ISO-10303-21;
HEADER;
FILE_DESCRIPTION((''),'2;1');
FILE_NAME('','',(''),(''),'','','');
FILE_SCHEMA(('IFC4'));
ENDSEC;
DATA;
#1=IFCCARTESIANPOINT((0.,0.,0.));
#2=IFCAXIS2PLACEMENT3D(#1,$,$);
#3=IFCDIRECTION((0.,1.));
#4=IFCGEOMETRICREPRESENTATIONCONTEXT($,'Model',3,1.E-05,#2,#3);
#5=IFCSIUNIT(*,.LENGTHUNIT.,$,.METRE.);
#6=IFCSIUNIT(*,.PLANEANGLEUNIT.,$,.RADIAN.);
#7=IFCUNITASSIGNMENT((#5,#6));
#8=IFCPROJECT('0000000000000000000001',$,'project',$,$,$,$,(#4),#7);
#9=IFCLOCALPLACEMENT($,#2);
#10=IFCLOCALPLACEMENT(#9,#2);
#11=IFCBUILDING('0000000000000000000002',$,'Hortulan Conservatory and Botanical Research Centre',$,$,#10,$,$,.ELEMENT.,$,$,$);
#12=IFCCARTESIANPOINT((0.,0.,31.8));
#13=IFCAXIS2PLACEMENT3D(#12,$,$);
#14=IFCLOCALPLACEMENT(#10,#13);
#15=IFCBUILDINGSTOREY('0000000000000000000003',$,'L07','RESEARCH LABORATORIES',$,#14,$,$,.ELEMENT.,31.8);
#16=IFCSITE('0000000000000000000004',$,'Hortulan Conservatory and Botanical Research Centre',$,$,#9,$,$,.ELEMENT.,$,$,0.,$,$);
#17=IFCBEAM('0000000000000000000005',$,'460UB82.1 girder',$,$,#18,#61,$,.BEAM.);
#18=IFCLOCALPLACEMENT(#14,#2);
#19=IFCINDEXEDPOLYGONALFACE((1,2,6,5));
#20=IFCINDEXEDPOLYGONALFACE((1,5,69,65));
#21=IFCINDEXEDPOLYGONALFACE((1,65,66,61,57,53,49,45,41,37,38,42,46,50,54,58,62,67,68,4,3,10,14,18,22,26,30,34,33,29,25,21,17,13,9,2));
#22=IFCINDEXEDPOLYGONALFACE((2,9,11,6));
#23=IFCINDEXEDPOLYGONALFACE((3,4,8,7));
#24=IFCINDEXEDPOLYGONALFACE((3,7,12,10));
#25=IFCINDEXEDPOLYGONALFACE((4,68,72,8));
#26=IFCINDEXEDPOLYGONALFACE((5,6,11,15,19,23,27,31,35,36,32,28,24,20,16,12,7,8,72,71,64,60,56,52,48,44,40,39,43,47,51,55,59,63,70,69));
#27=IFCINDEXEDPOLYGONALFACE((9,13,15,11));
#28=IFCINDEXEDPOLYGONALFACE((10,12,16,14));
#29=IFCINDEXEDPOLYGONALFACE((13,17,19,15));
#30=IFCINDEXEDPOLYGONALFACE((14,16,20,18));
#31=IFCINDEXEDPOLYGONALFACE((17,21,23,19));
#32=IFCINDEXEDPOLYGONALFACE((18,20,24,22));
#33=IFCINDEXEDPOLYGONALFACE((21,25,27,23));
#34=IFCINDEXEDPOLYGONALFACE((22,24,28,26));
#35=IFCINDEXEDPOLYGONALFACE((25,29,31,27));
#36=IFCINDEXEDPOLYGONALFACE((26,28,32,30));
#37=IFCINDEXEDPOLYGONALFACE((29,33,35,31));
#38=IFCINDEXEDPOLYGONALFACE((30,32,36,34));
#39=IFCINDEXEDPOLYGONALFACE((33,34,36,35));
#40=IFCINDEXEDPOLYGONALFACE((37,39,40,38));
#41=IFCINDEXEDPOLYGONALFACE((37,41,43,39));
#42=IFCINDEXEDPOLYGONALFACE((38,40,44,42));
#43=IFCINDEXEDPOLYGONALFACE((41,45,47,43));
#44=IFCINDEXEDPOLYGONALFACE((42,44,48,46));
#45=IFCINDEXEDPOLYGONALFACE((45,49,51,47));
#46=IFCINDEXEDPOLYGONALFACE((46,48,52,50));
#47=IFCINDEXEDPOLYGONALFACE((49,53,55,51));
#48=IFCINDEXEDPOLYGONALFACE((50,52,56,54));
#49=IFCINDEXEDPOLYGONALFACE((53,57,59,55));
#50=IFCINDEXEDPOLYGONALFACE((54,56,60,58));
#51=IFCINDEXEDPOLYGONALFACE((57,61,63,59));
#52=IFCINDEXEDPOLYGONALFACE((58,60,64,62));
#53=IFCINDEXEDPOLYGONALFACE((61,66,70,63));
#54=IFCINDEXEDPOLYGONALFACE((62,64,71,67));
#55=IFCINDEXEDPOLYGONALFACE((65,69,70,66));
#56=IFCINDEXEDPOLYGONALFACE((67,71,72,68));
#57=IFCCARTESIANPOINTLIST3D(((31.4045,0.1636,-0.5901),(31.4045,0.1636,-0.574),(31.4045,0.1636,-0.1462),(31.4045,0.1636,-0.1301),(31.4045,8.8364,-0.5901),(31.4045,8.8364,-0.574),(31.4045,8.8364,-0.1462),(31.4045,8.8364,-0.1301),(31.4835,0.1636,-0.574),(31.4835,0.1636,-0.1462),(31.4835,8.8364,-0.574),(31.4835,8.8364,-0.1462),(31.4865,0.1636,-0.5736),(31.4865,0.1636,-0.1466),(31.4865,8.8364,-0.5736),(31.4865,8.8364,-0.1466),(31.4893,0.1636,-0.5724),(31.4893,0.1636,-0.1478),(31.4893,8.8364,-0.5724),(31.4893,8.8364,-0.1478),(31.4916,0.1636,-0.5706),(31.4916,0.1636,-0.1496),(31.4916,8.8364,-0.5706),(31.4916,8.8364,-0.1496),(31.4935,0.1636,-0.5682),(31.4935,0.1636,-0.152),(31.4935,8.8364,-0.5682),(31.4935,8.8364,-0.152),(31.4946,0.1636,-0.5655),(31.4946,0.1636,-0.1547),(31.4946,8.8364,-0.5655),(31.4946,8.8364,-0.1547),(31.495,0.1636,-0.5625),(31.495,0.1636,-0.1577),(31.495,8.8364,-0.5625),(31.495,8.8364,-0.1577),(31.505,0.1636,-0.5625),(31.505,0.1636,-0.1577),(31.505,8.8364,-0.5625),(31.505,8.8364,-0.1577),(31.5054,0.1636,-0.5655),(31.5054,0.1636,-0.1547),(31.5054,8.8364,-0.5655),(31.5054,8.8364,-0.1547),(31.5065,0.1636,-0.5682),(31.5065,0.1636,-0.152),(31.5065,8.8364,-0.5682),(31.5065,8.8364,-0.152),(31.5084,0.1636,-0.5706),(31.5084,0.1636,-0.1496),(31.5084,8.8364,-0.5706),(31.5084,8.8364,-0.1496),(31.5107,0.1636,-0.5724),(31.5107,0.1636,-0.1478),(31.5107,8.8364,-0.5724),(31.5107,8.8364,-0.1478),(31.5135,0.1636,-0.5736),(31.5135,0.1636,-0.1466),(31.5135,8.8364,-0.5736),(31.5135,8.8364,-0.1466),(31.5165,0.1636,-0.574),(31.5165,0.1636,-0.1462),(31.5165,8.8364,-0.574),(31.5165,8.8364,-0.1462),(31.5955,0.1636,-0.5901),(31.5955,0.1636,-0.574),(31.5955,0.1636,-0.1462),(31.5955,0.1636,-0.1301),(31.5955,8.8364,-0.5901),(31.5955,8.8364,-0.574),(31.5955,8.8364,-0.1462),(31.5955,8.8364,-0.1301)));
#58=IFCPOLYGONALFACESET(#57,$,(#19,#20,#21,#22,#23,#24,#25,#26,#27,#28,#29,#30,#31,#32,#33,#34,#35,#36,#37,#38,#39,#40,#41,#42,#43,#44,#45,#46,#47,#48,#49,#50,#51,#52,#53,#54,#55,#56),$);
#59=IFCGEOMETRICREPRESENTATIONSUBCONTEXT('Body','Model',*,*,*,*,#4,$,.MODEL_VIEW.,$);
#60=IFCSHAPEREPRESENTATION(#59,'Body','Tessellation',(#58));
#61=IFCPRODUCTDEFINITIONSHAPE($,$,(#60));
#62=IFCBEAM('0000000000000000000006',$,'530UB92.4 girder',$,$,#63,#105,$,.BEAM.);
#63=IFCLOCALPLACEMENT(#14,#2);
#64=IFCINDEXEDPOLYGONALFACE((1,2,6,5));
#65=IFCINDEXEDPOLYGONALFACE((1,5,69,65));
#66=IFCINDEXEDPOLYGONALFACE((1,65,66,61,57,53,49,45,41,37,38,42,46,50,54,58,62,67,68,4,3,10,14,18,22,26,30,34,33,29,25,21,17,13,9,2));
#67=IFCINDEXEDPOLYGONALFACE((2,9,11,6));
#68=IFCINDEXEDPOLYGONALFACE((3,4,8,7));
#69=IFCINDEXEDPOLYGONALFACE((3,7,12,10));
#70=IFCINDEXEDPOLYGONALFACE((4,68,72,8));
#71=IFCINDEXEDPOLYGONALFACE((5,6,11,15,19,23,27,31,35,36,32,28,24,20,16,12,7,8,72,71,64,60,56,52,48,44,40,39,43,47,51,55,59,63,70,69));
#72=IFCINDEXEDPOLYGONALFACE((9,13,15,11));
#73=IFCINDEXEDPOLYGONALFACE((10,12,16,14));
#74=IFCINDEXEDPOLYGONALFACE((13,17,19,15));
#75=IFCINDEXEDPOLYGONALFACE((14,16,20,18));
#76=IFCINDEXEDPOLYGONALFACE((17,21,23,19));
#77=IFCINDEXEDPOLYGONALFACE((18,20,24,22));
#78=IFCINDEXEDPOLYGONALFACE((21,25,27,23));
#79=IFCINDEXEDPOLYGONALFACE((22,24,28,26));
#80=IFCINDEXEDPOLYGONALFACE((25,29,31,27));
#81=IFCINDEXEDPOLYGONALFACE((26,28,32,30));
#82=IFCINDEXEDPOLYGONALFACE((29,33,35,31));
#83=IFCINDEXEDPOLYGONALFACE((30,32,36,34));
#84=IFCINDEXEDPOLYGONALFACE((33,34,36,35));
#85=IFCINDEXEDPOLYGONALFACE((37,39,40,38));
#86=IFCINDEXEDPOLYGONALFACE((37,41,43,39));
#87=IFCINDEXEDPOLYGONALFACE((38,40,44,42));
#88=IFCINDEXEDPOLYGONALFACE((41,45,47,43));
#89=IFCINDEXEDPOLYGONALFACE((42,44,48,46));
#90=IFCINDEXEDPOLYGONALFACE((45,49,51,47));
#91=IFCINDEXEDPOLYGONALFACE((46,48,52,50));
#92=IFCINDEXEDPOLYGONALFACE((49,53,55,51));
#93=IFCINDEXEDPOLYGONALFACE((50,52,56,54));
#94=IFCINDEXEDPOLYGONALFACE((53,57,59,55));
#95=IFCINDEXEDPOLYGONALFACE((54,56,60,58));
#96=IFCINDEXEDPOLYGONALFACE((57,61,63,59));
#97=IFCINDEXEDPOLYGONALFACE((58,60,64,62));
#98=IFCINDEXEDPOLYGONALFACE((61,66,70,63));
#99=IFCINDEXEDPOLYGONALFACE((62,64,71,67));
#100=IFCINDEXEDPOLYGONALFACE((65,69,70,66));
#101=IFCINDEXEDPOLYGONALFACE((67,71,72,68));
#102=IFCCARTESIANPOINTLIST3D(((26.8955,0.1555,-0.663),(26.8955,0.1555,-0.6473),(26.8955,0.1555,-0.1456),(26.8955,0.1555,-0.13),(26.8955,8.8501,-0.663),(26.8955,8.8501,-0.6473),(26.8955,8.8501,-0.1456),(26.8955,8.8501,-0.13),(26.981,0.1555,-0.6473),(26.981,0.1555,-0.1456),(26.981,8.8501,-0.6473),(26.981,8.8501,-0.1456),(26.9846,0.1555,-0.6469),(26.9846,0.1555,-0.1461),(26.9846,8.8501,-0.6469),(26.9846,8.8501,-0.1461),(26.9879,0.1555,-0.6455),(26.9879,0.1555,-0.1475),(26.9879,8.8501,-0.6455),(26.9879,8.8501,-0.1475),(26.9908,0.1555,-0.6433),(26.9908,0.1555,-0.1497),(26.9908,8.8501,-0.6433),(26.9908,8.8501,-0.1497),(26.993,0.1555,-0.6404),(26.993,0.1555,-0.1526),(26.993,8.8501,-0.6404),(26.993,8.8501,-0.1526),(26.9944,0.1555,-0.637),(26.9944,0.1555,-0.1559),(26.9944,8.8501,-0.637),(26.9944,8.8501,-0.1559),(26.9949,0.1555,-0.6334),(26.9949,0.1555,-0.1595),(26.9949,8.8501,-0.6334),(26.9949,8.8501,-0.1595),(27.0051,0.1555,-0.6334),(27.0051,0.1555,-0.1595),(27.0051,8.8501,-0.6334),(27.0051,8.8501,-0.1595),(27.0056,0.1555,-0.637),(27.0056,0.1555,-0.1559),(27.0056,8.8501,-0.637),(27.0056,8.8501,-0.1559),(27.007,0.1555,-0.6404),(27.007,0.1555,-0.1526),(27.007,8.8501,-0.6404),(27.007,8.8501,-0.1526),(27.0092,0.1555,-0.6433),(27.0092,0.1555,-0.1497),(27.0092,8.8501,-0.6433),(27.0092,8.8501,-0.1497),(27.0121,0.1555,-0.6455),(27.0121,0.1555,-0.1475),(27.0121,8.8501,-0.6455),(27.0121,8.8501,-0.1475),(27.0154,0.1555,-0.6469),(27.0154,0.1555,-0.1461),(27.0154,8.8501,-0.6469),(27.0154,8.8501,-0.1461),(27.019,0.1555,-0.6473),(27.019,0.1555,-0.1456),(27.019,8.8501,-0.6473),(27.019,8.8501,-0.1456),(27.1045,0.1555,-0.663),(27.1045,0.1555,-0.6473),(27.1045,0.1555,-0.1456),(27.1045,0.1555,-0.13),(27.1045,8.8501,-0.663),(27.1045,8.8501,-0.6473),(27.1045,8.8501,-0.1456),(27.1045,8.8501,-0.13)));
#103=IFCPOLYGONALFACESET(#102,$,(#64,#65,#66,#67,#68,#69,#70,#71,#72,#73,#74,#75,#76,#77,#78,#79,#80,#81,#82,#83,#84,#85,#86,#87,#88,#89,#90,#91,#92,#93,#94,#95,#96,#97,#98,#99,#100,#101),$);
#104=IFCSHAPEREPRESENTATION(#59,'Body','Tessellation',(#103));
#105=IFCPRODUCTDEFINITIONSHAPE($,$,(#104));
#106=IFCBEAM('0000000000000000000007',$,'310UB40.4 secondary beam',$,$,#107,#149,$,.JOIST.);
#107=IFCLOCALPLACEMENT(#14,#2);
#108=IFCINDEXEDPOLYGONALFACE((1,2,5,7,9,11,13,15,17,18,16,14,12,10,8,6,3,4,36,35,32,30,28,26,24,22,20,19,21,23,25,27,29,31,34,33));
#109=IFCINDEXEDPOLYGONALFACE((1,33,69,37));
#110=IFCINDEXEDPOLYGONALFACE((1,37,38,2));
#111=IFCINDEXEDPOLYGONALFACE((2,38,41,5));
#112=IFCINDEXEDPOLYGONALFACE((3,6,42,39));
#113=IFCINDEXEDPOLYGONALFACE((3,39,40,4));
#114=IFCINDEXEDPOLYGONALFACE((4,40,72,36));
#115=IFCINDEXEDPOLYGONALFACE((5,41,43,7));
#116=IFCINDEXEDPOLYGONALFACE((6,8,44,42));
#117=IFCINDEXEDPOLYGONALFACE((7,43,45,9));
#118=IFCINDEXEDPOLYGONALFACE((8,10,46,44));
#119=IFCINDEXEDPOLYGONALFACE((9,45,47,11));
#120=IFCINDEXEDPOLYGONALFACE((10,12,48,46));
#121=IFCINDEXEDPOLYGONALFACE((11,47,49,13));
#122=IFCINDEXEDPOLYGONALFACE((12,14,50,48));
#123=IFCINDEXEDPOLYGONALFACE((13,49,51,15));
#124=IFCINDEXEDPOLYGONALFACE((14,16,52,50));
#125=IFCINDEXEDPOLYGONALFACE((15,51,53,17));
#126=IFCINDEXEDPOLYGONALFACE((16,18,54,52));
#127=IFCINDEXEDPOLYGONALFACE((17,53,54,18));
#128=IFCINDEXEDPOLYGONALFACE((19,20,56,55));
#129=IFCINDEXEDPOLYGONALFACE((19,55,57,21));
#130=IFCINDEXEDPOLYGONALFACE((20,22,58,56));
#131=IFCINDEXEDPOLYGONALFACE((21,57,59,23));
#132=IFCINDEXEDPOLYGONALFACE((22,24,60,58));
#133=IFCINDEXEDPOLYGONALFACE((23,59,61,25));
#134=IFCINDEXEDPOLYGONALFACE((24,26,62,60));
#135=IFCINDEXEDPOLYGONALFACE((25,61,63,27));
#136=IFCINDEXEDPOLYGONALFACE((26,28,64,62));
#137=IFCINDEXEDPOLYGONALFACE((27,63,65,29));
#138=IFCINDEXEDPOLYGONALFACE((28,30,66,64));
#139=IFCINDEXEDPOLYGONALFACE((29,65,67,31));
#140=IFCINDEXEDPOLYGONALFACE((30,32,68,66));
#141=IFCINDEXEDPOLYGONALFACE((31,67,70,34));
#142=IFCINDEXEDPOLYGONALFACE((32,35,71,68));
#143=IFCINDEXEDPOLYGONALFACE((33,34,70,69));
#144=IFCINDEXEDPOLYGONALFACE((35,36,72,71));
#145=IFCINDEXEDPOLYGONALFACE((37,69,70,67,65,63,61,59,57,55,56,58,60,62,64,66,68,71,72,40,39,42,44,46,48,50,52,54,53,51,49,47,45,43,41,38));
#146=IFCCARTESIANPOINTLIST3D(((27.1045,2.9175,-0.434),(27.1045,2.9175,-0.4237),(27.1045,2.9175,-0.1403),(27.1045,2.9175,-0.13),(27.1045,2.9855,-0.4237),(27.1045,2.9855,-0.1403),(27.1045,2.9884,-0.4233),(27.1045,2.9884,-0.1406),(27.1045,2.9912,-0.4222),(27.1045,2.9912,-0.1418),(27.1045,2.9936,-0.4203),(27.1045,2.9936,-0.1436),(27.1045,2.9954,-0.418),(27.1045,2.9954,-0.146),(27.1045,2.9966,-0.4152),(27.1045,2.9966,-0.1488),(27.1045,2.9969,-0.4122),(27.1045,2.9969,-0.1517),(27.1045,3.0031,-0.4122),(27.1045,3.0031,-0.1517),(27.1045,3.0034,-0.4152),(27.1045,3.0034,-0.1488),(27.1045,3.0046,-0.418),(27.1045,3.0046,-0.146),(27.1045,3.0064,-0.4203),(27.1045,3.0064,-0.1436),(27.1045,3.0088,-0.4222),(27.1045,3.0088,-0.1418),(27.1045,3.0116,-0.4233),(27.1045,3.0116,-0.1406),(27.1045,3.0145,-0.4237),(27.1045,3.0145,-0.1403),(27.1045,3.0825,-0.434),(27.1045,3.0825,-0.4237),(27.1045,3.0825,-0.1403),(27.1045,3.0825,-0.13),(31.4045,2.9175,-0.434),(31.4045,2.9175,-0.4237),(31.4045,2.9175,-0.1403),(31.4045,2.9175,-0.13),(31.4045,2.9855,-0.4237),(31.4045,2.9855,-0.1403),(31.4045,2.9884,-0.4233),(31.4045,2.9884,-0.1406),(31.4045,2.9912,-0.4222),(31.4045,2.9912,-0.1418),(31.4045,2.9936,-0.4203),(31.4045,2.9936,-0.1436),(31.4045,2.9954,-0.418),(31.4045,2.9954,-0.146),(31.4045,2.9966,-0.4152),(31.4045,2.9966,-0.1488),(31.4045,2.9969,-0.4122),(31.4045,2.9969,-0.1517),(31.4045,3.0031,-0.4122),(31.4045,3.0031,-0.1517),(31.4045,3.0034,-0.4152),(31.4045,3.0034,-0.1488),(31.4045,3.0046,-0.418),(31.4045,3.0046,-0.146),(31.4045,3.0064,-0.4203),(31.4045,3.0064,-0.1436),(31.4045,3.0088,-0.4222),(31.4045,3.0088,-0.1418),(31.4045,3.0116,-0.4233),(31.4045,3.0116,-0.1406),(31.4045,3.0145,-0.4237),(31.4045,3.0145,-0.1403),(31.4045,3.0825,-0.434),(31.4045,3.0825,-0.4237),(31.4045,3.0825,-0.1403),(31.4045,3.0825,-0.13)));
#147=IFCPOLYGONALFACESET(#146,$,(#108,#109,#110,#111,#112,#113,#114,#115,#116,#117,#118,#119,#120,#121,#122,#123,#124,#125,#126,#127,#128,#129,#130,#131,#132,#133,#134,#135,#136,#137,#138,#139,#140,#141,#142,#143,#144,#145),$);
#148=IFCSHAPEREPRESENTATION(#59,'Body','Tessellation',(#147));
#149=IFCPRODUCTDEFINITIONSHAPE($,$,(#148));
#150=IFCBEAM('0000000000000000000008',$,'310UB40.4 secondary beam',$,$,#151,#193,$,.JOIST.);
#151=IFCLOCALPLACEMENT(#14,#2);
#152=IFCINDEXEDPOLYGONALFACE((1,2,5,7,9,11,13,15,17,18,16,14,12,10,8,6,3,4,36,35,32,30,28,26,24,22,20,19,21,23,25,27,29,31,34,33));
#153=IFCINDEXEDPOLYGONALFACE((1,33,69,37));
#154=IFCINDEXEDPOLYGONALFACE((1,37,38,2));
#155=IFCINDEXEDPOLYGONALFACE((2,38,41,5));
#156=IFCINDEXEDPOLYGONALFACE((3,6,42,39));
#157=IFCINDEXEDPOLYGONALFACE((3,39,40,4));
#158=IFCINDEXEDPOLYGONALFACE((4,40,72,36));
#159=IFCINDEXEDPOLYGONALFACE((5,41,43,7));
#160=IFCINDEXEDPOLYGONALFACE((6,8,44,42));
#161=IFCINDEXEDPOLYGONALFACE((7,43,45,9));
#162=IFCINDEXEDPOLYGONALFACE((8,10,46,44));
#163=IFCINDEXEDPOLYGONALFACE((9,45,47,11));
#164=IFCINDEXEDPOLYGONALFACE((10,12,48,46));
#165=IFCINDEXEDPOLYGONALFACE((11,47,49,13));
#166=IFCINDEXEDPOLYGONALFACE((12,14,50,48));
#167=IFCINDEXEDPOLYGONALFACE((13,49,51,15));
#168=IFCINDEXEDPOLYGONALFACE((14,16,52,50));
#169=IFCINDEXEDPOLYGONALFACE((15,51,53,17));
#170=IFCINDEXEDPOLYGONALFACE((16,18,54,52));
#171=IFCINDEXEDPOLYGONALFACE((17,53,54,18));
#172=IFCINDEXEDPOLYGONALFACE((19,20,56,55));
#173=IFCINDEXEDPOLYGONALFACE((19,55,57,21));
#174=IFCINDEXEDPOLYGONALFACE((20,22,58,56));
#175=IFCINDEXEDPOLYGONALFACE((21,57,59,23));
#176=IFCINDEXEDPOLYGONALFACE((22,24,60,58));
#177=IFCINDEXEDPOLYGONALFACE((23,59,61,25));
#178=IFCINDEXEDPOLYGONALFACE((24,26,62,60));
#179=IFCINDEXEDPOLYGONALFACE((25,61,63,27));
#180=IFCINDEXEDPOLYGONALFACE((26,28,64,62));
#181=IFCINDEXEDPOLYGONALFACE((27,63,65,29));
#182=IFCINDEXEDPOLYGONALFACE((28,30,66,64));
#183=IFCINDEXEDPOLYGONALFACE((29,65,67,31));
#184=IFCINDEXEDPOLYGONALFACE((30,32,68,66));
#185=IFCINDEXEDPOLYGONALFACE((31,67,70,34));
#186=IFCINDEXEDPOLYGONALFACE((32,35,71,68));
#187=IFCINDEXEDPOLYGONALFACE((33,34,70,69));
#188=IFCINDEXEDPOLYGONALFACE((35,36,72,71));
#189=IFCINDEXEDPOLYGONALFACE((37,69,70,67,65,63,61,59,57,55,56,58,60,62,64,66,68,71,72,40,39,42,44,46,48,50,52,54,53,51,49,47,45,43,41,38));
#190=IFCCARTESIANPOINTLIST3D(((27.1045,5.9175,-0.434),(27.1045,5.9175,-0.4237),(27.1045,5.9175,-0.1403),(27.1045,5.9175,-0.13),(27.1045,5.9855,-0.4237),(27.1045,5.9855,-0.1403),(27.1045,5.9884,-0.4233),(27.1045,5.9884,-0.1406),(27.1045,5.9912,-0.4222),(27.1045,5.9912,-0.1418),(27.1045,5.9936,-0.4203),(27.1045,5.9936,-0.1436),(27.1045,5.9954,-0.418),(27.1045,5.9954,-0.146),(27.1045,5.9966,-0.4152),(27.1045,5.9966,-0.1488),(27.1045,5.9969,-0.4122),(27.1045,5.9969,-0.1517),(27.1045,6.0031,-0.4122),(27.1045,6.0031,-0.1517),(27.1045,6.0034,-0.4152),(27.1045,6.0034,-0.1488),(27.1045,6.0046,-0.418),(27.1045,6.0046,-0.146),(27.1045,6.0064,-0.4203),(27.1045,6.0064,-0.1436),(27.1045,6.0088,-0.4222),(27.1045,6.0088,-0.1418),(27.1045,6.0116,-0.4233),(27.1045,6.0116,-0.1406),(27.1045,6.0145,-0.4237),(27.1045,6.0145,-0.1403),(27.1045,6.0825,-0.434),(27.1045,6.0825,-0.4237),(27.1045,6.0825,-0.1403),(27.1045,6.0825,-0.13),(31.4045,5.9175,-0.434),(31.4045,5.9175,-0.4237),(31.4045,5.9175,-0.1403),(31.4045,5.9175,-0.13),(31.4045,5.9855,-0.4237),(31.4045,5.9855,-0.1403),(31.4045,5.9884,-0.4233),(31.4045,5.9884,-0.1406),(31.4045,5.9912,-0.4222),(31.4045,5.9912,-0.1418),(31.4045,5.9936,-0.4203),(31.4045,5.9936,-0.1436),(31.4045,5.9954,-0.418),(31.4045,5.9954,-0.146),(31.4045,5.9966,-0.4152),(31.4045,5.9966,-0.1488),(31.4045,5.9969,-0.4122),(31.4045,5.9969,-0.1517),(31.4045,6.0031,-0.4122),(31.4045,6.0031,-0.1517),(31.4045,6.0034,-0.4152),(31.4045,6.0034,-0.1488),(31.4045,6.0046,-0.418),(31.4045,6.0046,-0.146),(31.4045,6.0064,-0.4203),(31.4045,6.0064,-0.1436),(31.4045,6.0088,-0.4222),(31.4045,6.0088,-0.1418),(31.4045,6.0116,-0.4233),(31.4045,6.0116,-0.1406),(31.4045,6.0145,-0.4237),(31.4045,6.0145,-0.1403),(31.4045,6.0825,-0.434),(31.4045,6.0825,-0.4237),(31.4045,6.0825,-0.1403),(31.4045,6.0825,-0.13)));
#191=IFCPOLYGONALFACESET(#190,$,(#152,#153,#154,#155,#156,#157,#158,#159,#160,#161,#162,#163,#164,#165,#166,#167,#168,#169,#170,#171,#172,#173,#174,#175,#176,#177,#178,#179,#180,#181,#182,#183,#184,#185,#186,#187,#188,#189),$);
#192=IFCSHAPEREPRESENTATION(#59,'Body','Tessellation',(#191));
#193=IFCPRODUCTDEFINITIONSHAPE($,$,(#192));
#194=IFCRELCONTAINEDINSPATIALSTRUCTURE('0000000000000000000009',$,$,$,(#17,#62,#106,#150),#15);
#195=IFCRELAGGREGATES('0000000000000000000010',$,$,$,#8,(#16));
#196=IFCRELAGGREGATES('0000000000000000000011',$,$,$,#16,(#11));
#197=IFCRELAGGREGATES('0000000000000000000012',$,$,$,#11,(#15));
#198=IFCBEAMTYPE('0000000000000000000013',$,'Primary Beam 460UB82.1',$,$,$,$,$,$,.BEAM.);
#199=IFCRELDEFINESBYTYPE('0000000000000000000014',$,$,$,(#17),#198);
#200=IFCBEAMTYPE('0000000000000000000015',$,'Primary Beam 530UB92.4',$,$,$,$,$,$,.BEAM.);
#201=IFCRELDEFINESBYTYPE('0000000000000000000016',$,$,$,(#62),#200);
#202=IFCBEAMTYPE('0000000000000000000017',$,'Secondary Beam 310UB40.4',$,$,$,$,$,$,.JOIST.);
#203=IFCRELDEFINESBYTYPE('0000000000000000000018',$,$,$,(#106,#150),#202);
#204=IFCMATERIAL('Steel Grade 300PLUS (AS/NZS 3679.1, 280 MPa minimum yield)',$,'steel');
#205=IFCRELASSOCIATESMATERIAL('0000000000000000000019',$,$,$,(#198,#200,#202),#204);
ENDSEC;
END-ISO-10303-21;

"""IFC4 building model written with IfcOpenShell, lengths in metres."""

from ifc_helpers import new_model, si_unit, direction, frame, origin, origin_2d, place, context, subcontext, project, spatial, i_section, extrude, material, material_profile, profile_set, type_object, element, save


model = new_model("IFC4")

# Units and contexts
model_context = context("Model", 3, precision=1e-05, world=origin(), true_north=direction((0.0, 1.0)))
body_context = subcontext(model_context, "Body", "Model", "MODEL_VIEW")
ifc_project = project(units=[si_unit("LENGTHUNIT", "METRE"), si_unit("PLANEANGLEUNIT", "RADIAN")], contexts=[model_context])

# Site, building, storey
site_placement = place(None, origin())
site = spatial("IfcSite", under=ifc_project, at=site_placement, Name="Hortulan Conservatory and Botanical Research Centre", CompositionType="ELEMENT", RefElevation=0.0)
building_placement = place(site_placement, origin())
building = spatial("IfcBuilding", under=site, at=building_placement, Name="Hortulan Conservatory and Botanical Research Centre", CompositionType="ELEMENT")
storey_placement = place(building_placement, frame((0.0, 0.0, 31.8)))
storey = spatial("IfcBuildingStorey", under=building, at=storey_placement, Name="L07", Description="RESEARCH LABORATORIES", CompositionType="ELEMENT", Elevation=31.8)

# Shared definitions
ifc_material_1 = material(Name="Steel Grade 300PLUS (AS/NZS 3679.1, 280 MPa minimum yield)", Category="steel")

# Beams
ifc_material_profile_1 = material_profile(ifc_material_1, i_section(OverallWidth=0.1909, OverallDepth=0.46, WebThickness=0.01, FlangeThickness=0.0161, FilletRadius=0.0115, at=origin_2d()), Name="460UB82.1")
ifc_profile_set_1 = profile_set([ifc_material_profile_1], Name="Steel Grade 300PLUS (AS/NZS 3679.1, 280 MPa minimum yield)")
beam_type_1 = type_object("IfcBeamType", Name="Primary Beam 460UB82.1", PredefinedType="BEAM", material=ifc_profile_set_1)
beam_1_placement = place(storey_placement, frame((31.5, 0.1636, -0.3601), z_axis=(0.0, 1.0, 0.0), x_axis=(-1.0, 0.0, 0.0)))
element("IfcBeam", 1, at=beam_1_placement, inside=storey, type_object=beam_type_1, Name="460UB82.1 girder", PredefinedType="BEAM", context=body_context, shape_type="SweptSolid", body=[
    extrude(i_section(OverallWidth=0.1909, OverallDepth=0.46, WebThickness=0.01, FlangeThickness=0.0161, FilletRadius=0.0115, at=origin_2d()), origin(), (0.0, 0.0, 1.0), 8.6729),
])
ifc_material_profile_2 = material_profile(ifc_material_1, i_section(OverallWidth=0.209, OverallDepth=0.533, WebThickness=0.0103, FlangeThickness=0.0156, FilletRadius=0.0139, at=origin_2d()), Name="530UB92.4")
ifc_profile_set_2 = profile_set([ifc_material_profile_2], Name="Steel Grade 300PLUS (AS/NZS 3679.1, 280 MPa minimum yield)")
beam_type_2 = type_object("IfcBeamType", Name="Primary Beam 530UB92.4", PredefinedType="BEAM", material=ifc_profile_set_2)
beam_2_placement = place(storey_placement, frame((27.0, 0.1555, -0.3965), z_axis=(0.0, 1.0, 0.0), x_axis=(-1.0, 0.0, 0.0)))
element("IfcBeam", 2, at=beam_2_placement, inside=storey, type_object=beam_type_2, Name="530UB92.4 girder", PredefinedType="BEAM", context=body_context, shape_type="SweptSolid", body=[
    extrude(i_section(OverallWidth=0.209, OverallDepth=0.533, WebThickness=0.0103, FlangeThickness=0.0156, FilletRadius=0.0139, at=origin_2d()), origin(), (0.0, 0.0, 1.0), 8.6946),
])
ifc_material_profile_3 = material_profile(ifc_material_1, i_section(OverallWidth=0.165, OverallDepth=0.304, WebThickness=0.0061, FlangeThickness=0.0103, FilletRadius=0.0115, at=origin_2d()), Name="310UB40.4")
ifc_profile_set_3 = profile_set([ifc_material_profile_3], Name="Steel Grade 300PLUS (AS/NZS 3679.1, 280 MPa minimum yield)")
beam_type_3 = type_object("IfcBeamType", Name="Secondary Beam 310UB40.4", PredefinedType="JOIST", material=ifc_profile_set_3)
for number, where, z_axis, x_axis, name in (
    (3, (27.1045, 3.0, -0.282), (1.0, 0.0, 0.0), (0.0, 1.0, 0.0), "310UB40.4 secondary beam"),
    (4, (27.1045, 6.0, -0.282), (1.0, 0.0, 0.0), (0.0, 1.0, 0.0), "310UB40.4 secondary beam"),
):
    element("IfcBeam", number, at=place(storey_placement, frame(where, z_axis=z_axis, x_axis=x_axis)), inside=storey, type_object=beam_type_3, Name=name, PredefinedType="JOIST", context=body_context, shape_type="SweptSolid", body=[
        extrude(i_section(OverallWidth=0.165, OverallDepth=0.304, WebThickness=0.0061, FlangeThickness=0.0103, FilletRadius=0.0115, at=origin_2d()), origin(), (0.0, 0.0, 1.0), 4.3),
    ])

save(model, "model.ifc")
